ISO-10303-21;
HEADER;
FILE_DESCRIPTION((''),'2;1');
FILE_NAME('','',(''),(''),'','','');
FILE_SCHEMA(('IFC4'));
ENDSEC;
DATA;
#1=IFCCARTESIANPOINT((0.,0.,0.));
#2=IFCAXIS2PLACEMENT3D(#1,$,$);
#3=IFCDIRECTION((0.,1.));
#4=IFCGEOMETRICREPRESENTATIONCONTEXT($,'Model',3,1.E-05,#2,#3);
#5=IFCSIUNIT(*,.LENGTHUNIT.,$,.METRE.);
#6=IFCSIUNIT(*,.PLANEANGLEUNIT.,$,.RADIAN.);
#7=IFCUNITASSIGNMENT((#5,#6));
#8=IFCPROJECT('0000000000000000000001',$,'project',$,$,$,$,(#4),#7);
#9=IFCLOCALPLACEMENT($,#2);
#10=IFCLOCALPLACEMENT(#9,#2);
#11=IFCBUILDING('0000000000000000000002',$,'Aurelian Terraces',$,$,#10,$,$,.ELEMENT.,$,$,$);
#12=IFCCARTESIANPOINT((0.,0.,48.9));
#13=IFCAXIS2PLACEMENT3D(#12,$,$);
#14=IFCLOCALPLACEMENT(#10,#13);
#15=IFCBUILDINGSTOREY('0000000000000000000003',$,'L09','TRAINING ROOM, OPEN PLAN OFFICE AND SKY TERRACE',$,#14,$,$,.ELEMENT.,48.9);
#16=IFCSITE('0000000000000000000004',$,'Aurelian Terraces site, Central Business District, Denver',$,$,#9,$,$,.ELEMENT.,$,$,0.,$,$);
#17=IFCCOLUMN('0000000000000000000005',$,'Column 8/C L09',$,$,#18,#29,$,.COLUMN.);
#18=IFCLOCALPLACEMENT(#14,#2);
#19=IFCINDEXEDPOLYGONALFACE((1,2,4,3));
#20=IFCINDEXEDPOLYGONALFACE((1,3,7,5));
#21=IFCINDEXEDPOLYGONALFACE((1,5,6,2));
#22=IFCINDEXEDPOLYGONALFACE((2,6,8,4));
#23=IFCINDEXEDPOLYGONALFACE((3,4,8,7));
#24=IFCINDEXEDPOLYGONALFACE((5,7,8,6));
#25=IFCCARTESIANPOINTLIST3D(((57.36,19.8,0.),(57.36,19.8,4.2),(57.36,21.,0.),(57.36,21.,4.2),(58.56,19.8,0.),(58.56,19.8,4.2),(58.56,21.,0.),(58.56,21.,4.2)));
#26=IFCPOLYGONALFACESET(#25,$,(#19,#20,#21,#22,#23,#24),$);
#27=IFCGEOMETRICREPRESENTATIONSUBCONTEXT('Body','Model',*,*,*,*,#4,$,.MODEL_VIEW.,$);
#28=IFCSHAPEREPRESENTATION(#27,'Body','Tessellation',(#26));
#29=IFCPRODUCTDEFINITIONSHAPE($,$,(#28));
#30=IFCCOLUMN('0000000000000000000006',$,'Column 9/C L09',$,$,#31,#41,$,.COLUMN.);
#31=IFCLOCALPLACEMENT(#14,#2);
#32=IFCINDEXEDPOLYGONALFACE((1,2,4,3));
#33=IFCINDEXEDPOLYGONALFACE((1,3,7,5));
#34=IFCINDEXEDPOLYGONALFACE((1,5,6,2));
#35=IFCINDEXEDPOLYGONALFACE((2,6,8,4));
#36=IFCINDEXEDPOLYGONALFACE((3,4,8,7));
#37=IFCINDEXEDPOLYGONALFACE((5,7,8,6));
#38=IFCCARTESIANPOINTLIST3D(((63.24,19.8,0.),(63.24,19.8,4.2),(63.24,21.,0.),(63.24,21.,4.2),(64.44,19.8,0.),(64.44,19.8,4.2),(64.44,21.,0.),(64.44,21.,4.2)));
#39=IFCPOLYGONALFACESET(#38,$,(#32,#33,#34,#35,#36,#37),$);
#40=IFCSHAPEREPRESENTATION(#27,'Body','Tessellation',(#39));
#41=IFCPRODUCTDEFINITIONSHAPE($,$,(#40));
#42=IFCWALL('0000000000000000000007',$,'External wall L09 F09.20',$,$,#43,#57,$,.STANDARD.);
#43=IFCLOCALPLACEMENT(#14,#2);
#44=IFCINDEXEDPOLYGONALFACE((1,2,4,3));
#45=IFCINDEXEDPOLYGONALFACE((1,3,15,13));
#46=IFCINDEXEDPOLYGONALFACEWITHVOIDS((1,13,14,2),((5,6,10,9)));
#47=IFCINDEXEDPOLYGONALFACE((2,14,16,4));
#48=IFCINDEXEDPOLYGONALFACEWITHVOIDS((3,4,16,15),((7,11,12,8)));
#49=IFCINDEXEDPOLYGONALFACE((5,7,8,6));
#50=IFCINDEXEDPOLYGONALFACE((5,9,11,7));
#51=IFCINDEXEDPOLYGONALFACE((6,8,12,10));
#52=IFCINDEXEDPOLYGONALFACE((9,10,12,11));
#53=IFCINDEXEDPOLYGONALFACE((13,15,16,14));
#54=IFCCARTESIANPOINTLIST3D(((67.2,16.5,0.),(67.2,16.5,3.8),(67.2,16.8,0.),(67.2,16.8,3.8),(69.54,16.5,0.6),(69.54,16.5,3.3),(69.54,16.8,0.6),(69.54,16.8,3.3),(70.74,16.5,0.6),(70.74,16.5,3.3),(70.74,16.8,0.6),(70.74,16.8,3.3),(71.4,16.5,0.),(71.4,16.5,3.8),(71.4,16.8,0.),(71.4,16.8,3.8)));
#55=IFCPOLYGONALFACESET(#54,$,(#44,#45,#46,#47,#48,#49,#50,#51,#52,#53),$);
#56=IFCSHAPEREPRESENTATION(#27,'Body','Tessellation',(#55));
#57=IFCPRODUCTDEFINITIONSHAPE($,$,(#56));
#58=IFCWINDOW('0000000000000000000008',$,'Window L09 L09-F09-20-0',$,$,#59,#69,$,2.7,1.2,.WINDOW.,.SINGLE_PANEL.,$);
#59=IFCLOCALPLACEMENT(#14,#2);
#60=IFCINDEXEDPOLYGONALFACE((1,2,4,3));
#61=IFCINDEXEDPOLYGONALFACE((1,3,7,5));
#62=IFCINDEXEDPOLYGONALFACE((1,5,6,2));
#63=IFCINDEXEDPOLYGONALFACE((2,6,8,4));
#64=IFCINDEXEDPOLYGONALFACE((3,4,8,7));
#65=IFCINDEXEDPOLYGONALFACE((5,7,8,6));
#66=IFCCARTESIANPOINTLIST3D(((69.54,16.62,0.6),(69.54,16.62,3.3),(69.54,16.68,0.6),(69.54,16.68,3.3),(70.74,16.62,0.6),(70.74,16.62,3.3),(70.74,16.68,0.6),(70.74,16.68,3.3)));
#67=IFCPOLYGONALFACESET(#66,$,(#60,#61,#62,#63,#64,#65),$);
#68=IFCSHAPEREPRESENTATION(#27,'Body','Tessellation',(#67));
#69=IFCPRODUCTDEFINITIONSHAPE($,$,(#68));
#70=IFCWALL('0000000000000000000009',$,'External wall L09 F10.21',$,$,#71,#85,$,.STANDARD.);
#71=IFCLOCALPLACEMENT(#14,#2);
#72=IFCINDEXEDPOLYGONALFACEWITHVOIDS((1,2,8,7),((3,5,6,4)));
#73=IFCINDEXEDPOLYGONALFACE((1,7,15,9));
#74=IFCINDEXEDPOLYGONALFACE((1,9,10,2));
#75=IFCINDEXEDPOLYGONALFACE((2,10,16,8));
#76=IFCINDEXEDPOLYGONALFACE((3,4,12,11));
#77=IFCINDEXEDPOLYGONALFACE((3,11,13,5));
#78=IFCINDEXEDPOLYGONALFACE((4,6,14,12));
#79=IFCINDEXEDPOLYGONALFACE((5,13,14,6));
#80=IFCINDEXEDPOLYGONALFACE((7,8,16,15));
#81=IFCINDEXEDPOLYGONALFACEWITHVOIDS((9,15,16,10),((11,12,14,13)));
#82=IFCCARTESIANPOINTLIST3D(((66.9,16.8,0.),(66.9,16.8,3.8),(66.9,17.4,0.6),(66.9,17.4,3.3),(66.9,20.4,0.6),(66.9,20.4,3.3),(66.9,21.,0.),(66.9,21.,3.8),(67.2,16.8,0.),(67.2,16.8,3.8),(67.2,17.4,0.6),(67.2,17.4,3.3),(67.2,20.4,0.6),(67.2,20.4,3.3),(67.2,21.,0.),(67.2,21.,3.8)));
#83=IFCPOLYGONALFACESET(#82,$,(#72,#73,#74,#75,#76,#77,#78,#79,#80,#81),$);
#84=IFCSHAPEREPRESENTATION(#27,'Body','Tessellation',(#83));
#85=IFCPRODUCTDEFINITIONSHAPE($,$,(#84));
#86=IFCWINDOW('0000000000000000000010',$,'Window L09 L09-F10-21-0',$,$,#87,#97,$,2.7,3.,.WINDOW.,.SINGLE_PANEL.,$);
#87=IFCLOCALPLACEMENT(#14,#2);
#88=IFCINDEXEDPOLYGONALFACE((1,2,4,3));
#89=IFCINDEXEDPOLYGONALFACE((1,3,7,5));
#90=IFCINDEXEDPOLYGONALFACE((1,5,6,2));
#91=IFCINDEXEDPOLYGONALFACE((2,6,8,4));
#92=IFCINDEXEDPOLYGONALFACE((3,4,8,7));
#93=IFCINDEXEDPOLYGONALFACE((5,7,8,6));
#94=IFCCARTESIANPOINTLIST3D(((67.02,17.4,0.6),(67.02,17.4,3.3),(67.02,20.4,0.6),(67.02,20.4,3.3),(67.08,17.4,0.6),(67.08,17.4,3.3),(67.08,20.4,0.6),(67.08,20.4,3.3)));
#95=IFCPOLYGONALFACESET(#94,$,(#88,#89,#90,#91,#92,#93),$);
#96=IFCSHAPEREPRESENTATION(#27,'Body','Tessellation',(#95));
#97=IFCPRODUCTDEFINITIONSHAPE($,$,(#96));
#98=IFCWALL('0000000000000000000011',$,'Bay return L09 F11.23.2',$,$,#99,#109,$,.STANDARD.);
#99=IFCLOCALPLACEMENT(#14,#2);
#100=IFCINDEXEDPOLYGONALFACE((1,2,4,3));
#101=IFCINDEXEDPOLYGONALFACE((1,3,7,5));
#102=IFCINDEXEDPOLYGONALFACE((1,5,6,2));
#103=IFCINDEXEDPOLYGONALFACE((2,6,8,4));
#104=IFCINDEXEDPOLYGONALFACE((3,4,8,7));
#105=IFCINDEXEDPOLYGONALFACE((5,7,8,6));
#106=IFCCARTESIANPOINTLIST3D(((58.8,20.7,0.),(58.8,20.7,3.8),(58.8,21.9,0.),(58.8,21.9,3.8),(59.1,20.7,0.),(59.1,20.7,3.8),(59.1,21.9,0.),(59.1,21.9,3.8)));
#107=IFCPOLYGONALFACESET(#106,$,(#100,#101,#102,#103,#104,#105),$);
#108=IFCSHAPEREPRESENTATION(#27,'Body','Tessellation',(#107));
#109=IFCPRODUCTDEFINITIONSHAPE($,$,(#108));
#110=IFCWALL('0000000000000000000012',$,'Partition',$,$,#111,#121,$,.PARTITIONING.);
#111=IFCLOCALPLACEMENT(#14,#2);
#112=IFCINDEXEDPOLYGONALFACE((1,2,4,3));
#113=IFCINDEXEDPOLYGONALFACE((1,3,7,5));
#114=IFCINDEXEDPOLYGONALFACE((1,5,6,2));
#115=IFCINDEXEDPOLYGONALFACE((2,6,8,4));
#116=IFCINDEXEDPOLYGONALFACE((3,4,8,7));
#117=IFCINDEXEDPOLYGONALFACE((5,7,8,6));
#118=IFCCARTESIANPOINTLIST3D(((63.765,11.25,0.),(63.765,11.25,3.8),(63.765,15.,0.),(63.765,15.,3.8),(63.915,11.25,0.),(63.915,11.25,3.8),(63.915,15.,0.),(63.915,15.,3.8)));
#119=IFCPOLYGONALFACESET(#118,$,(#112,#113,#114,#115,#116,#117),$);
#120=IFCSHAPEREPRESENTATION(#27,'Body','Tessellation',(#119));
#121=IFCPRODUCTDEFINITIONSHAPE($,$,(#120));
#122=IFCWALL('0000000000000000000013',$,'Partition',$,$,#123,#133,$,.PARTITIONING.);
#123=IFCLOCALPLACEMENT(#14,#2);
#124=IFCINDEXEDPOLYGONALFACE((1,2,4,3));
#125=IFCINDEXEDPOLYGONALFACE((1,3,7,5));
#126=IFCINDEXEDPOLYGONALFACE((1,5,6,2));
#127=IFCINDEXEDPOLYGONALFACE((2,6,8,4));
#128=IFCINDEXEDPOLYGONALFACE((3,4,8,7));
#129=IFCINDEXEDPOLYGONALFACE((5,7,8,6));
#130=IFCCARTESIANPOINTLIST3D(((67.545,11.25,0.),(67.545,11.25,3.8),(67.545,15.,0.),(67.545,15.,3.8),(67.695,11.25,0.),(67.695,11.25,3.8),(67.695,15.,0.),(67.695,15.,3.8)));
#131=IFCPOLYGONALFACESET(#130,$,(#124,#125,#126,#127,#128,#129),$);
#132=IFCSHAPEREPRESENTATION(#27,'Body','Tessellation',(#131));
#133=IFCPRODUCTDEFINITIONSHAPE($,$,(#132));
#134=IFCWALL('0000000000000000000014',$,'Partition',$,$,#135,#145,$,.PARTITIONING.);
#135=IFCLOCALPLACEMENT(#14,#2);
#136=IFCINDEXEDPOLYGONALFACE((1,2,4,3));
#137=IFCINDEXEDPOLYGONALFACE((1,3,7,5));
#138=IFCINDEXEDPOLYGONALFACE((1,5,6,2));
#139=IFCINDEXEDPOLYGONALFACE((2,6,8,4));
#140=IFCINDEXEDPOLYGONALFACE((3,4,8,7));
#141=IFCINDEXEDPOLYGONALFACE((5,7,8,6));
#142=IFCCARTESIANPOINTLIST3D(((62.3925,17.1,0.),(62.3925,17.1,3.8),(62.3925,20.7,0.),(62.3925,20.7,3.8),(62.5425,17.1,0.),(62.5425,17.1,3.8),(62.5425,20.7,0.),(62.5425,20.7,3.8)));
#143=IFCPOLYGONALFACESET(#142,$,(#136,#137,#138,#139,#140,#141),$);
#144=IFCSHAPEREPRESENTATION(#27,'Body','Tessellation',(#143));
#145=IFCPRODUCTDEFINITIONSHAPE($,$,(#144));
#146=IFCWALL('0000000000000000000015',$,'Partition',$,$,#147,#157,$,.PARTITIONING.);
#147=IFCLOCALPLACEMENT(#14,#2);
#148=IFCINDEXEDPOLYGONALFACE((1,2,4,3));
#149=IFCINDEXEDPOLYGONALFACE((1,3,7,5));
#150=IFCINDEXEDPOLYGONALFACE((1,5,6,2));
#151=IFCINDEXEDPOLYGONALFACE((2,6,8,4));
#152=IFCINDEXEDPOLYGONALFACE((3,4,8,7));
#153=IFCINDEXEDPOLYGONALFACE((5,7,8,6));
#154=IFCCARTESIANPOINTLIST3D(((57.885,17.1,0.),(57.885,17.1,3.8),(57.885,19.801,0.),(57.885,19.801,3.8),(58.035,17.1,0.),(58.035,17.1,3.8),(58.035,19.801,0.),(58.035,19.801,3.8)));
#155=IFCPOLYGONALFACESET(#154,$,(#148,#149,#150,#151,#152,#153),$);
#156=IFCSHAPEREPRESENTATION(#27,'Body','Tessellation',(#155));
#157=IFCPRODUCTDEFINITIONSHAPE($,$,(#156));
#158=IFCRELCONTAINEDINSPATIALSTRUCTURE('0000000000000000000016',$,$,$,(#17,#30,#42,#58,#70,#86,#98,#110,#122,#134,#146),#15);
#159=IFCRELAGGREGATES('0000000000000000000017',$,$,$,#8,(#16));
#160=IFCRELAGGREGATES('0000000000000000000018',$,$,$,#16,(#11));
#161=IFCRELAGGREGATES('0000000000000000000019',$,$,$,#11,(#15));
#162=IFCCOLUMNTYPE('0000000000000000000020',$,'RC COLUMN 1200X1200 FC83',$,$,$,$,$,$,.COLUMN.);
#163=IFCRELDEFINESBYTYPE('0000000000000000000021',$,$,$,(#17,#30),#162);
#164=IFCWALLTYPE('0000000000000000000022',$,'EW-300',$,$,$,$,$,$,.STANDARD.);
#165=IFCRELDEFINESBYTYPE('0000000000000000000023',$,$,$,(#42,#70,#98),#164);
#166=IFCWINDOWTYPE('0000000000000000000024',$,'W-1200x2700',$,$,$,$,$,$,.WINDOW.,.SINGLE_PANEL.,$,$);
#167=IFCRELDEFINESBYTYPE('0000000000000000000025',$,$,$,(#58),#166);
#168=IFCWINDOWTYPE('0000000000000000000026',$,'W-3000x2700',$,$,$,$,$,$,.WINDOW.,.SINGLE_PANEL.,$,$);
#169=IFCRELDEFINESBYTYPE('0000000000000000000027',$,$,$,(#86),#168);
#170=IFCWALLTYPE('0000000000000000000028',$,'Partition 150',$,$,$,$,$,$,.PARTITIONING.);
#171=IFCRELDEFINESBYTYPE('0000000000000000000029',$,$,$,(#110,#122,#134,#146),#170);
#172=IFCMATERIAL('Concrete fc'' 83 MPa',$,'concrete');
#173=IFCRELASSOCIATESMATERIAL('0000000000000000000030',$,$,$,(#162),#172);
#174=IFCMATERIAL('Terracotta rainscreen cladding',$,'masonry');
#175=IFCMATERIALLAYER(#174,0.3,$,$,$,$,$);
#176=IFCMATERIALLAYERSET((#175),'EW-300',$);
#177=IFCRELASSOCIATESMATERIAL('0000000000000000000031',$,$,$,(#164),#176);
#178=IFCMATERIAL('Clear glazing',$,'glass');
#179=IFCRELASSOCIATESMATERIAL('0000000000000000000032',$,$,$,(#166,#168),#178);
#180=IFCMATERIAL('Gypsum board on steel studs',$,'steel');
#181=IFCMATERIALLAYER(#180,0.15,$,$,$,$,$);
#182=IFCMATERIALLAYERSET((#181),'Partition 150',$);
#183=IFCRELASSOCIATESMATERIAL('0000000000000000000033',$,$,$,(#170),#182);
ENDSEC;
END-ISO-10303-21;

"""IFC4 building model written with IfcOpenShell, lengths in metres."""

from ifc_helpers import new_model, si_unit, direction, frame, frame_2d, origin, origin_2d, place, context, subcontext, project, spatial, rectangle, extrude, source, transform, mapped, material, layer, layer_set, material_profile, profile_set, type_object, element, fill, save


model = new_model("IFC4")

# Units and contexts
model_context = context("Model", 3, precision=1e-05, world=origin(), true_north=direction((0.0, 1.0)))
body_context = subcontext(model_context, "Body", "Model", "MODEL_VIEW")
ifc_project = project(units=[si_unit("LENGTHUNIT", "METRE"), si_unit("PLANEANGLEUNIT", "RADIAN")], contexts=[model_context])

# Site, building, storey
site_placement = place(None, origin())
site = spatial("IfcSite", under=ifc_project, at=site_placement, Name="Aurelian Terraces site, Central Business District, Denver", CompositionType="ELEMENT", RefElevation=0.0)
building_placement = place(site_placement, origin())
building = spatial("IfcBuilding", under=site, at=building_placement, Name="Aurelian Terraces", CompositionType="ELEMENT")
storey_placement = place(building_placement, frame((0.0, 0.0, 48.9)))
storey = spatial("IfcBuildingStorey", under=building, at=storey_placement, Name="L09", Description="TRAINING ROOM, OPEN PLAN OFFICE AND SKY TERRACE", CompositionType="ELEMENT", Elevation=48.9)

# Columns
ifc_material_1 = material(Name="Concrete fc' 83 MPa", Category="concrete")
ifc_material_profile = material_profile(ifc_material_1, rectangle(XDim=1.2, YDim=1.2, at=origin_2d()))
ifc_profile_set = profile_set([ifc_material_profile], Name="Concrete fc' 83 MPa")
column_type = type_object("IfcColumnType", Name="RC COLUMN 1200X1200 FC83", PredefinedType="COLUMN", material=ifc_profile_set)
shared_shape_1 = source(origin(), body_context, "Body", "SweptSolid", [
    extrude(rectangle(XDim=1.2, YDim=1.2, at=origin_2d()), origin(), (0.0, 0.0, 1.0), 4.2),
])
for number, where, z_axis, x_axis, name in (
    (1, (57.96, 20.4, 0.0), (0.0, 0.0, 1.0), (1.0, 0.0, 0.0), "Column 8/C L09"),
    (2, (63.84, 20.4, 0.0), (0.0, 0.0, 1.0), (1.0, 0.0, 0.0), "Column 9/C L09"),
):
    element("IfcColumn", number, at=place(storey_placement, frame(where, z_axis=z_axis, x_axis=x_axis)), inside=storey, type_object=column_type, Name=name, PredefinedType="COLUMN", context=body_context, shape_type="MappedRepresentation", body=[
        mapped(shared_shape_1, transform((0.0, 0.0, 0.0), scale=1.0)),
    ])

# Walls, openings, windows
ifc_material_2 = material(Name="Terracotta rainscreen cladding", Category="masonry")
ifc_layer_1 = layer(ifc_material_2, 0.3)
ifc_layer_set_1 = layer_set([ifc_layer_1], Name="EW-300")
wall_type_1 = type_object("IfcWallType", Name="EW-300", PredefinedType="STANDARD", material=ifc_layer_set_1)
shared_shape_2 = source(origin(), body_context, "Body", "SweptSolid", [
    extrude(rectangle(XDim=4.2, YDim=0.3, at=frame_2d((2.1, 0.0))), origin(), (0.0, 0.0, 1.0), 3.8),
])
wall_1_placement = place(storey_placement, frame((71.4, 16.65, 0.0), z_axis=(0.0, 0.0, 1.0), x_axis=(-1.0, 0.0, 0.0)))
wall_1 = element("IfcWall", 3, at=wall_1_placement, inside=storey, type_object=wall_type_1, Name="External wall L09 F09.20", PredefinedType="STANDARD", context=body_context, shape_type="MappedRepresentation", body=[
    mapped(shared_shape_2, transform((0.0, 0.0, 0.0), scale=1.0)),
])
shared_shape_3 = source(origin(), body_context, "Body", "SweptSolid", [
    extrude(rectangle(XDim=1.2, YDim=2.7, at=frame_2d((0.6, 1.35))), frame((0.0, 0.16, 0.0), z_axis=(0.0, -1.0, 0.0), x_axis=(1.0, 0.0, 0.0)), (0.0, 0.0, 1.0), 0.32),
])
opening_1_placement = place(wall_1_placement, frame((0.66, 0.0, 0.6)))
opening_1 = element("IfcOpeningElement", 4, at=opening_1_placement, cuts=wall_1, PredefinedType="OPENING", context=body_context, shape_type="MappedRepresentation", body=[
    mapped(shared_shape_3, transform((0.0, 0.0, 0.0), scale=1.0)),
])
ifc_material_3 = material(Name="Clear glazing", Category="glass")
window_type_1 = type_object("IfcWindowType", Name="W-1200x2700", PartitioningType="SINGLE_PANEL", PredefinedType="WINDOW", material=ifc_material_3)
shared_shape_4 = source(origin(), body_context, "Body", "SweptSolid", [
    extrude(rectangle(XDim=1.2, YDim=2.7, at=frame_2d((0.6, 1.35))), frame((0.0, 0.03, 0.0), z_axis=(0.0, -1.0, 0.0), x_axis=(1.0, 0.0, 0.0)), (0.0, 0.0, 1.0), 0.06),
])
window_1_placement = place(opening_1_placement, origin())
window_1 = element("IfcWindow", 5, at=window_1_placement, inside=storey, type_object=window_type_1, Name="Window L09 L09-F09-20-0", OverallHeight=2.7, OverallWidth=1.2, PartitioningType="SINGLE_PANEL", PredefinedType="WINDOW", context=body_context, shape_type="MappedRepresentation", body=[
    mapped(shared_shape_4, transform((0.0, 0.0, 0.0), scale=1.0)),
])
fill(opening_1, window_1)
wall_2_placement = place(storey_placement, frame((67.05, 16.8, 0.0), z_axis=(0.0, 0.0, 1.0), x_axis=(0.0, 1.0, 0.0)))
wall_2 = element("IfcWall", 6, at=wall_2_placement, inside=storey, type_object=wall_type_1, Name="External wall L09 F10.21", PredefinedType="STANDARD", context=body_context, shape_type="MappedRepresentation", body=[
    mapped(shared_shape_2, transform((0.0, 0.0, 0.0), scale=1.0)),
])
shared_shape_5 = source(origin(), body_context, "Body", "SweptSolid", [
    extrude(rectangle(XDim=3.0, YDim=2.7, at=frame_2d((1.5, 1.35))), frame((0.0, 0.16, 0.0), z_axis=(0.0, -1.0, 0.0), x_axis=(1.0, 0.0, 0.0)), (0.0, 0.0, 1.0), 0.32),
])
opening_2_placement = place(wall_2_placement, frame((0.6, 0.0, 0.6)))
opening_2 = element("IfcOpeningElement", 7, at=opening_2_placement, cuts=wall_2, PredefinedType="OPENING", context=body_context, shape_type="MappedRepresentation", body=[
    mapped(shared_shape_5, transform((0.0, 0.0, 0.0), scale=1.0)),
])
window_type_2 = type_object("IfcWindowType", Name="W-3000x2700", PartitioningType="SINGLE_PANEL", PredefinedType="WINDOW", material=ifc_material_3)
shared_shape_6 = source(origin(), body_context, "Body", "SweptSolid", [
    extrude(rectangle(XDim=3.0, YDim=2.7, at=frame_2d((1.5, 1.35))), frame((0.0, 0.03, 0.0), z_axis=(0.0, -1.0, 0.0), x_axis=(1.0, 0.0, 0.0)), (0.0, 0.0, 1.0), 0.06),
])
window_2_placement = place(opening_2_placement, origin())
window_2 = element("IfcWindow", 8, at=window_2_placement, inside=storey, type_object=window_type_2, Name="Window L09 L09-F10-21-0", OverallHeight=2.7, OverallWidth=3.0, PartitioningType="SINGLE_PANEL", PredefinedType="WINDOW", context=body_context, shape_type="MappedRepresentation", body=[
    mapped(shared_shape_6, transform((0.0, 0.0, 0.0), scale=1.0)),
])
fill(opening_2, window_2)

# Walls
shared_shape_7 = source(origin(), body_context, "Body", "SweptSolid", [
    extrude(rectangle(XDim=1.2, YDim=0.3, at=frame_2d((0.6, 0.0))), origin(), (0.0, 0.0, 1.0), 3.8),
])
wall_3_placement = place(storey_placement, frame((58.95, 20.7, 0.0), z_axis=(0.0, 0.0, 1.0), x_axis=(0.0, 1.0, 0.0)))
element("IfcWall", 9, at=wall_3_placement, inside=storey, type_object=wall_type_1, Name="Bay return L09 F11.23.2", PredefinedType="STANDARD", context=body_context, shape_type="MappedRepresentation", body=[
    mapped(shared_shape_7, transform((0.0, 0.0, 0.0), scale=1.0)),
])
ifc_material_4 = material(Name="Gypsum board on steel studs", Category="steel")
ifc_layer_2 = layer(ifc_material_4, 0.15)
ifc_layer_set_2 = layer_set([ifc_layer_2], Name="Partition 150")
wall_type_2 = type_object("IfcWallType", Name="Partition 150", PredefinedType="PARTITIONING", material=ifc_layer_set_2)
shared_shape_8 = source(origin(), body_context, "Body", "SweptSolid", [
    extrude(rectangle(XDim=3.75, YDim=0.15, at=frame_2d((1.875, 0.0))), origin(), (0.0, 0.0, 1.0), 3.8),
])
for number, where, z_axis, x_axis, name in (
    (10, (63.84, 11.25, 0.0), (0.0, 0.0, 1.0), (0.0, 1.0, 0.0), "Partition"),
    (11, (67.62, 11.25, 0.0), (0.0, 0.0, 1.0), (0.0, 1.0, 0.0), "Partition"),
):
    element("IfcWall", number, at=place(storey_placement, frame(where, z_axis=z_axis, x_axis=x_axis)), inside=storey, type_object=wall_type_2, Name=name, PredefinedType="PARTITIONING", context=body_context, shape_type="MappedRepresentation", body=[
        mapped(shared_shape_8, transform((0.0, 0.0, 0.0), scale=1.0)),
    ])
shared_shape_9 = source(origin(), body_context, "Body", "SweptSolid", [
    extrude(rectangle(XDim=3.6, YDim=0.15, at=frame_2d((1.8, 0.0))), origin(), (0.0, 0.0, 1.0), 3.8),
])
wall_4_placement = place(storey_placement, frame((62.4675, 20.7, 0.0), z_axis=(0.0, 0.0, 1.0), x_axis=(0.0, -1.0, 0.0)))
element("IfcWall", 12, at=wall_4_placement, inside=storey, type_object=wall_type_2, Name="Partition", PredefinedType="PARTITIONING", context=body_context, shape_type="MappedRepresentation", body=[
    mapped(shared_shape_9, transform((0.0, 0.0, 0.0), scale=1.0)),
])
shared_shape_10 = source(origin(), body_context, "Body", "SweptSolid", [
    extrude(rectangle(XDim=2.701, YDim=0.15, at=frame_2d((1.3505, 0.0))), origin(), (0.0, 0.0, 1.0), 3.8),
])
wall_5_placement = place(storey_placement, frame((57.96, 17.1, 0.0), z_axis=(0.0, 0.0, 1.0), x_axis=(0.0, 1.0, 0.0)))
element("IfcWall", 13, at=wall_5_placement, inside=storey, type_object=wall_type_2, Name="Partition", PredefinedType="PARTITIONING", context=body_context, shape_type="MappedRepresentation", body=[
    mapped(shared_shape_10, transform((0.0, 0.0, 0.0), scale=1.0)),
])

save(model, "model.ifc")
